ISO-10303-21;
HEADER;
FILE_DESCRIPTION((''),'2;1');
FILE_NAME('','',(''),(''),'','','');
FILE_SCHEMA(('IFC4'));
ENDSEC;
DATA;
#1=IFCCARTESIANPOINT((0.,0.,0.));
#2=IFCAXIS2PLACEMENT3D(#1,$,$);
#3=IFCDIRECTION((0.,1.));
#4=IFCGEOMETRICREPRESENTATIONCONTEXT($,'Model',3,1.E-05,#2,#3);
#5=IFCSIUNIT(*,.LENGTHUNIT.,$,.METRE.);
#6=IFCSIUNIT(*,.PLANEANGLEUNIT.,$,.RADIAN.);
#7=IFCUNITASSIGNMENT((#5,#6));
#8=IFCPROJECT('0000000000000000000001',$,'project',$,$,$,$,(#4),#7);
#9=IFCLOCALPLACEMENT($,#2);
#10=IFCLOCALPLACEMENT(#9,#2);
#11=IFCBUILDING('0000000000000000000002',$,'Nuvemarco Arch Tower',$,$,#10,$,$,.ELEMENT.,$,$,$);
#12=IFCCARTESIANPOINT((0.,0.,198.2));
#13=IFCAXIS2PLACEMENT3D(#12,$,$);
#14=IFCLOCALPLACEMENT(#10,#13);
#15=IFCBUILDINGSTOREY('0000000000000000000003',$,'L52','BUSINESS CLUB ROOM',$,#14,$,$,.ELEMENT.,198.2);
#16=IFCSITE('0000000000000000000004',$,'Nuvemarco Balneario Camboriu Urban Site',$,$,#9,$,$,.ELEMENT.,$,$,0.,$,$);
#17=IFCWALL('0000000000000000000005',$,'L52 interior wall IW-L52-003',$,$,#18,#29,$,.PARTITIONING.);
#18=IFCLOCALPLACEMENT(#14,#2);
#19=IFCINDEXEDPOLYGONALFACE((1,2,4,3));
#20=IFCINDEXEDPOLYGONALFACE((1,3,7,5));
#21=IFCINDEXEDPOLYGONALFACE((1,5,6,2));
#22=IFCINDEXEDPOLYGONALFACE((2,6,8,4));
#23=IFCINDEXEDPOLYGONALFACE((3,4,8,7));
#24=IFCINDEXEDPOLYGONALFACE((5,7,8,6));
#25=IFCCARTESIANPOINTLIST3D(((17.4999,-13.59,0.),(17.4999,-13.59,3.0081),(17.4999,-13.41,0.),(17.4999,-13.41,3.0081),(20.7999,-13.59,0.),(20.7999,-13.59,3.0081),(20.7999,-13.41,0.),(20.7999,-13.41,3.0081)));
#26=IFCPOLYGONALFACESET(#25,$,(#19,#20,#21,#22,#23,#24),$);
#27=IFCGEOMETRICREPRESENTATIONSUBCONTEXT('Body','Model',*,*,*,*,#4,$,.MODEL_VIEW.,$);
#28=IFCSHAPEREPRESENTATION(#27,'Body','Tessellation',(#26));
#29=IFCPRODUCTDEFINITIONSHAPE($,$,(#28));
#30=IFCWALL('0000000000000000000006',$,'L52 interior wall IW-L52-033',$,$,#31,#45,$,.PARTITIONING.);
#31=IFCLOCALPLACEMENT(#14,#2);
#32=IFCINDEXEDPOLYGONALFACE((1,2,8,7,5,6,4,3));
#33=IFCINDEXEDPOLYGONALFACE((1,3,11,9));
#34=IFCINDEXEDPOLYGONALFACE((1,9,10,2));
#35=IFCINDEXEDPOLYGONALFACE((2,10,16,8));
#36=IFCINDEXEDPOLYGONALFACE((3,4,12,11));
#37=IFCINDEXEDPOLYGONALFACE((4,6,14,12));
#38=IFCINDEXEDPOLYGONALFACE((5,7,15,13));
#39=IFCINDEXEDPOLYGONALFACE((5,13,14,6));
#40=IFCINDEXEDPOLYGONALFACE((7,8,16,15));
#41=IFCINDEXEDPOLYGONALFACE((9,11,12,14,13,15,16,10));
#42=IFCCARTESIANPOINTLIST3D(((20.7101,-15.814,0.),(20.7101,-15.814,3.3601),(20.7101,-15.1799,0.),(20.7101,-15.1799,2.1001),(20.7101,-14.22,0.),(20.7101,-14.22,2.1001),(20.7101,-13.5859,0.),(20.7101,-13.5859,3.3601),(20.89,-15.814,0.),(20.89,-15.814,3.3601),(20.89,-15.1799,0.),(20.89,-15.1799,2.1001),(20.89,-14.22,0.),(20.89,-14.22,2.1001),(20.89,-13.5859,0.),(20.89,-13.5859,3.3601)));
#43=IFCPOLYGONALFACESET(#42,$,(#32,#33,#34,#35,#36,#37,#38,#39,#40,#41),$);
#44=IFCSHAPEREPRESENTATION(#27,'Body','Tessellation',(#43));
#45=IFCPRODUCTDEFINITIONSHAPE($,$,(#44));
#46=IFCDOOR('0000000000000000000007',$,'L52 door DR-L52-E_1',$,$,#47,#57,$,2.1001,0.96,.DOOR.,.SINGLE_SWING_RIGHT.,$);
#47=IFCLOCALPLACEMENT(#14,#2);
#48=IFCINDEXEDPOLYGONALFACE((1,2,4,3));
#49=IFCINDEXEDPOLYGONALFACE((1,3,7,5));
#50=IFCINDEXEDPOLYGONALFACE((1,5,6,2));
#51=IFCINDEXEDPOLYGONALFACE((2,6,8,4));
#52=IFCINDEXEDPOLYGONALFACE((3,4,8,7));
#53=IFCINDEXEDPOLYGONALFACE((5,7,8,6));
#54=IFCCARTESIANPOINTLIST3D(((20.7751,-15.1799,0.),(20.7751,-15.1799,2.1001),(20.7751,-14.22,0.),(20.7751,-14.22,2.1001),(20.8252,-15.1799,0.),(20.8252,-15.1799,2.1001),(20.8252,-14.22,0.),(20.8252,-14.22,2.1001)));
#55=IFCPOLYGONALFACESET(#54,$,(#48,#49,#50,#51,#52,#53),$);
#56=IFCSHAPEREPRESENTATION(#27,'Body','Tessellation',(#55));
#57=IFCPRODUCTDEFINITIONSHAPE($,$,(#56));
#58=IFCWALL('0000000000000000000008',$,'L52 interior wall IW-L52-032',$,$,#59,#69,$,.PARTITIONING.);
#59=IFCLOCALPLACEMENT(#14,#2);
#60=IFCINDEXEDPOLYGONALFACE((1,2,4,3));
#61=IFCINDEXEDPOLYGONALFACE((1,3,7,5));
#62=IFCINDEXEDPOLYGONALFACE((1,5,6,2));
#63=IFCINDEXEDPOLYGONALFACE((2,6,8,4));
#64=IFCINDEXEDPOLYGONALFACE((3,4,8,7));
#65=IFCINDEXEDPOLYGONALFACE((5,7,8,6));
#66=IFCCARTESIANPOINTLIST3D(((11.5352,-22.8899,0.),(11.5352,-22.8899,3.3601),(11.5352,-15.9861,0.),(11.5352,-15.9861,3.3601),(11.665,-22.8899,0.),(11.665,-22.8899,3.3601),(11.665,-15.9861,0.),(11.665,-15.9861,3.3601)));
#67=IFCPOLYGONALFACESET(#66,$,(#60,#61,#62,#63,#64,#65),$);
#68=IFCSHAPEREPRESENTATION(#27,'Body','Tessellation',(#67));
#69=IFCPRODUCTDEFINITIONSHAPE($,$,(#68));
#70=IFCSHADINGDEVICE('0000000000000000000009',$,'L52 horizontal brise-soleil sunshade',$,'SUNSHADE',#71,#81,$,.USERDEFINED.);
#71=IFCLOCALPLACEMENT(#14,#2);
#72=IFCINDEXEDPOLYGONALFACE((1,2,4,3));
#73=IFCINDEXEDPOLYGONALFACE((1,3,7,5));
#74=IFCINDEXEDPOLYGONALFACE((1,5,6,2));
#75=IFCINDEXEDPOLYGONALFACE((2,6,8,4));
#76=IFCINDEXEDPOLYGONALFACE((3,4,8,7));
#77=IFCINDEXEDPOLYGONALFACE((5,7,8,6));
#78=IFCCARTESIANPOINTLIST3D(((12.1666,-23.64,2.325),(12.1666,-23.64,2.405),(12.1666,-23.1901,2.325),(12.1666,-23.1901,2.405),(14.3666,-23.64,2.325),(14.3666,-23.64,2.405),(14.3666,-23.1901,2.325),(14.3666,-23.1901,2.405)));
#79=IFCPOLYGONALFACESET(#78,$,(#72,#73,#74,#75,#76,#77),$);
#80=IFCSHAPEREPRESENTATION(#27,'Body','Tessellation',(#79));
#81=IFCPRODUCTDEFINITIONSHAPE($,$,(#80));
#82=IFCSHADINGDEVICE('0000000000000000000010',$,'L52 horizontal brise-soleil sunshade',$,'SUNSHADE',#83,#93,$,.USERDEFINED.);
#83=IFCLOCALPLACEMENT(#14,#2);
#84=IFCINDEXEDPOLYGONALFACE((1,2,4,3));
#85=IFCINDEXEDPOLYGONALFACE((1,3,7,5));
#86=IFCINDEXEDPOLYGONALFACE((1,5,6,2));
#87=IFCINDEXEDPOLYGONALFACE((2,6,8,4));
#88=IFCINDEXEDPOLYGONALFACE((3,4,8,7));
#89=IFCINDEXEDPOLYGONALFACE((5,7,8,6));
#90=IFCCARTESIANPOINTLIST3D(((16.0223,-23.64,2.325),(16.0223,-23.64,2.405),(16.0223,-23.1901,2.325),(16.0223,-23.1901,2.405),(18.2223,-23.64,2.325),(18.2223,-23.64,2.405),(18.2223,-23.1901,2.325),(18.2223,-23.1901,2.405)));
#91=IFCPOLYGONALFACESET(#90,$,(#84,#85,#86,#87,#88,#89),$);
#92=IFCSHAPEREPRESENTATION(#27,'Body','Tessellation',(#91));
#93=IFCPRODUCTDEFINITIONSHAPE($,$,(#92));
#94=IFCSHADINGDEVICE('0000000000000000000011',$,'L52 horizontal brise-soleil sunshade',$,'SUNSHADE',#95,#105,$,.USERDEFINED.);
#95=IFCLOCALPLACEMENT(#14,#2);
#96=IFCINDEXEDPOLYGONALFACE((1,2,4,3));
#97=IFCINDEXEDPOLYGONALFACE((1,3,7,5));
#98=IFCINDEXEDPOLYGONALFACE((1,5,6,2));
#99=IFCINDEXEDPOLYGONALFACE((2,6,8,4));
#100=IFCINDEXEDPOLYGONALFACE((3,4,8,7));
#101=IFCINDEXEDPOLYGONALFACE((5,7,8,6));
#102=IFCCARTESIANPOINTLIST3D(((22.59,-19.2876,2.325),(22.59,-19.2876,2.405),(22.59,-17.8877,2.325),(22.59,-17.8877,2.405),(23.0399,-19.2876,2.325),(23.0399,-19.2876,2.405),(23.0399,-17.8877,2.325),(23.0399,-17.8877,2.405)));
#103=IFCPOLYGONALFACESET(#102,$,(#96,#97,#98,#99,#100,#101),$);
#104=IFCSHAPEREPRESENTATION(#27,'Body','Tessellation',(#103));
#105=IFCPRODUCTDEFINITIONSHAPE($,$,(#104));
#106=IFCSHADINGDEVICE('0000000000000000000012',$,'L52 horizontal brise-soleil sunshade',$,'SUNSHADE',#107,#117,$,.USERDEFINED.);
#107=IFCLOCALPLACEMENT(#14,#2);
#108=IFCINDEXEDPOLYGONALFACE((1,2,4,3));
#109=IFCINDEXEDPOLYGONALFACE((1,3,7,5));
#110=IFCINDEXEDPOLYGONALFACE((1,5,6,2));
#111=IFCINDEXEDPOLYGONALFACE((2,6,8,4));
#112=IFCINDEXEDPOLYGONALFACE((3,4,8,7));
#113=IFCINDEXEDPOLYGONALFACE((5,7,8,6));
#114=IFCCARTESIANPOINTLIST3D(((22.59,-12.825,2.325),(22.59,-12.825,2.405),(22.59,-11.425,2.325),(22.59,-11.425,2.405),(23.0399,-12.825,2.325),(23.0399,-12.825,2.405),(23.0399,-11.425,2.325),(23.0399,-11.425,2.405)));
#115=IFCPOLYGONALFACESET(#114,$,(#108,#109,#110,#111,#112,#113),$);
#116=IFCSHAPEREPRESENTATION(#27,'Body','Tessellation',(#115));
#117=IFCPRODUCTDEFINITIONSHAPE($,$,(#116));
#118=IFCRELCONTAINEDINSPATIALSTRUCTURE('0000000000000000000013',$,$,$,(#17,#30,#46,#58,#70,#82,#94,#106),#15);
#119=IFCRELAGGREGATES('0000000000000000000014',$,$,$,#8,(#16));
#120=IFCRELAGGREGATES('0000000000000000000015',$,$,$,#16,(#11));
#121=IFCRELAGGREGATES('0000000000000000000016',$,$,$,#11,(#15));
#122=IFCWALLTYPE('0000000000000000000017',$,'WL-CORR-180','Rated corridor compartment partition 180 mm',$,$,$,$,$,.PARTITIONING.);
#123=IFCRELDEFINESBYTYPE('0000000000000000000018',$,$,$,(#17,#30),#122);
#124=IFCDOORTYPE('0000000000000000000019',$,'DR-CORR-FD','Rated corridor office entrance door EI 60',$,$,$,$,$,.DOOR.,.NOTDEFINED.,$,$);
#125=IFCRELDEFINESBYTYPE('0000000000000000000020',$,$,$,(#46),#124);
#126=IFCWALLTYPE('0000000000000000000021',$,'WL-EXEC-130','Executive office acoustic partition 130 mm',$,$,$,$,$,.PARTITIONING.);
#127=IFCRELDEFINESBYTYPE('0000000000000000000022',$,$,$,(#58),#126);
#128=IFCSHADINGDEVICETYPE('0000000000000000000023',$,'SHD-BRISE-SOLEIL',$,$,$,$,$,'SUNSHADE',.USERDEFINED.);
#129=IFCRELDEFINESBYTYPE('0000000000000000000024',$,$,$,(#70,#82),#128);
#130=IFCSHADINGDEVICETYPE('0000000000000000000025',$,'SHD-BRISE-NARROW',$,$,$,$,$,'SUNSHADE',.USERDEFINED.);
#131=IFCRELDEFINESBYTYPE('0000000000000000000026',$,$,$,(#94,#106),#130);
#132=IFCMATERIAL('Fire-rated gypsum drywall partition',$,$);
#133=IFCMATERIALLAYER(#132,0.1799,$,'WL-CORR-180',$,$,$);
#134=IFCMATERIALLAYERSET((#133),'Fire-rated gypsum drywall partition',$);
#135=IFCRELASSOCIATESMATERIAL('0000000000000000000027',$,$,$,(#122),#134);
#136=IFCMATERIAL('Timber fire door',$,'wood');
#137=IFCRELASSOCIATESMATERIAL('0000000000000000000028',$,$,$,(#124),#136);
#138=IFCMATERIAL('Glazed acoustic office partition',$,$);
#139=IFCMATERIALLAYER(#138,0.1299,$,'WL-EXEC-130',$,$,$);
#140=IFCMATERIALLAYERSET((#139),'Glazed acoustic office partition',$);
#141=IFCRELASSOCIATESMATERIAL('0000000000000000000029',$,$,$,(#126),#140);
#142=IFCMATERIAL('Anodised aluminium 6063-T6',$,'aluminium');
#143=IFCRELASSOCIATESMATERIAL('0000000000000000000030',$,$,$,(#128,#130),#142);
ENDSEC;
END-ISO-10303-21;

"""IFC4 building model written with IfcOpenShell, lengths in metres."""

from ifc_helpers import new_model, si_unit, direction, frame, frame_2d, origin, origin_2d, place, context, subcontext, project, spatial, rectangle, extrude, source, transform, mapped, material, layer, layer_set, type_object, type_shapes, element, fill, save


model = new_model("IFC4")

# Units and contexts
model_context = context("Model", 3, precision=1e-05, world=origin(), true_north=direction((0.0, 1.0)))
body_context = subcontext(model_context, "Body", "Model", "MODEL_VIEW")
ifc_project = project(units=[si_unit("LENGTHUNIT", "METRE"), si_unit("PLANEANGLEUNIT", "RADIAN")], contexts=[model_context])

# Site, building, storey
site_placement = place(None, origin())
site = spatial("IfcSite", under=ifc_project, at=site_placement, Name="Nuvemarco Balneario Camboriu Urban Site", CompositionType="ELEMENT", RefElevation=0.0)
building_placement = place(site_placement, origin())
building = spatial("IfcBuilding", under=site, at=building_placement, Name="Nuvemarco Arch Tower", CompositionType="ELEMENT")
storey_placement = place(building_placement, frame((0.0, 0.0, 198.2)))
storey = spatial("IfcBuildingStorey", under=building, at=storey_placement, Name="L52", Description="BUSINESS CLUB ROOM", CompositionType="ELEMENT", Elevation=198.2)

# Wall
ifc_material_1 = material(Name="Fire-rated gypsum drywall partition")
ifc_layer_1 = layer(ifc_material_1, 0.1799, Name="WL-CORR-180")
ifc_layer_set_1 = layer_set([ifc_layer_1], Name="Fire-rated gypsum drywall partition")
wall_type_1 = type_object("IfcWallType", Name="WL-CORR-180", Description="Rated corridor compartment partition 180 mm", PredefinedType="PARTITIONING", material=ifc_layer_set_1)
wall_1_placement = place(storey_placement, frame((17.5, -13.5, 0.0), z_axis=(0.0, 0.0, 1.0), x_axis=(1.0, 0.0, 0.0)))
element("IfcWall", 1, at=wall_1_placement, inside=storey, type_object=wall_type_1, Name="L52 interior wall IW-L52-003", PredefinedType="PARTITIONING", context=body_context, shape_type="SweptSolid", body=[
    extrude(rectangle(XDim=3.3, YDim=0.1799, at=frame_2d((1.6499, 0.0))), origin(), (0.0, 0.0, 1.0), 3.0081),
])

# Wall, opening, door
wall_2_placement = place(storey_placement, frame((20.8, -15.814, 0.0), z_axis=(0.0, 0.0, 1.0), x_axis=(0.0, 1.0, 0.0)))
wall_2 = element("IfcWall", 2, at=wall_2_placement, inside=storey, type_object=wall_type_1, Name="L52 interior wall IW-L52-033", PredefinedType="PARTITIONING", context=body_context, shape_type="SweptSolid", body=[
    extrude(rectangle(XDim=2.228, YDim=0.1799, at=frame_2d((1.114, 0.0))), origin(), (0.0, 0.0, 1.0), 3.3601),
])
opening_1_placement = place(wall_2_placement, frame((0.634, 0.0, 0.0)))
opening_1 = element("IfcOpeningElement", 3, at=opening_1_placement, cuts=wall_2, PredefinedType="OPENING", context=body_context, shape_type="SweptSolid", body=[
    extrude(rectangle(XDim=0.96, YDim=2.1001, at=frame_2d((0.48, 1.05))), frame((0.0, 0.0999, 0.0), z_axis=(0.0, -1.0, 0.0), x_axis=(1.0, 0.0, 0.0)), (0.0, 0.0, 1.0), 0.2),
])
ifc_material_2 = material(Name="Timber fire door", Category="wood")
door_type_1 = type_object("IfcDoorType", Name="DR-CORR-FD", Description="Rated corridor office entrance door EI 60", OperationType="NOTDEFINED", PredefinedType="DOOR", material=ifc_material_2)
shared_shape_1 = source(origin(), body_context, "Body", "SweptSolid", [
    extrude(rectangle(XDim=0.96, YDim=2.1001, at=frame_2d((0.48, 1.05))), frame((0.0, 0.0249, 0.0), z_axis=(0.0, -1.0, 0.0), x_axis=(1.0, 0.0, 0.0)), (0.0, 0.0, 1.0), 0.05),
])
type_shapes(door_type_1, [shared_shape_1])
door_1_placement = place(opening_1_placement, origin())
door_1 = element("IfcDoor", 4, at=door_1_placement, inside=storey, type_object=door_type_1, Name="L52 door DR-L52-E_1", OperationType="SINGLE_SWING_RIGHT", OverallHeight=2.1001, OverallWidth=0.96, PredefinedType="DOOR", context=body_context, shape_type="MappedRepresentation", body=[
    mapped(shared_shape_1, transform((0.0, 0.0, 0.0), scale=1.0)),
])
fill(opening_1, door_1)

# Wall
ifc_material_3 = material(Name="Glazed acoustic office partition")
ifc_layer_2 = layer(ifc_material_3, 0.1299, Name="WL-EXEC-130")
ifc_layer_set_2 = layer_set([ifc_layer_2], Name="Glazed acoustic office partition")
wall_type_2 = type_object("IfcWallType", Name="WL-EXEC-130", Description="Executive office acoustic partition 130 mm", PredefinedType="PARTITIONING", material=ifc_layer_set_2)
wall_3_placement = place(storey_placement, frame((11.6001, -22.8899, 0.0), z_axis=(0.0, 0.0, 1.0), x_axis=(0.0, 1.0, 0.0)))
element("IfcWall", 5, at=wall_3_placement, inside=storey, type_object=wall_type_2, Name="L52 interior wall IW-L52-032", PredefinedType="PARTITIONING", context=body_context, shape_type="SweptSolid", body=[
    extrude(rectangle(XDim=6.9038, YDim=0.1299, at=frame_2d((3.4519, 0.0))), origin(), (0.0, 0.0, 1.0), 3.3601),
])

# Shading devices
ifc_material_4 = material(Name="Anodised aluminium 6063-T6", Category="aluminium")
shading_device_type_1 = type_object("IfcShadingDeviceType", Name="SHD-BRISE-SOLEIL", ElementType="SUNSHADE", PredefinedType="USERDEFINED", material=ifc_material_4)
shared_shape_2 = source(origin(), body_context, "Body", "SweptSolid", [
    extrude(rectangle(XDim=2.2, YDim=0.45, at=origin_2d()), origin(), (0.0, 0.0, 1.0), 0.0801),
])
type_shapes(shading_device_type_1, [shared_shape_2])
for number, where, z_axis, x_axis, name in (
    (6, (13.2666, -23.415, 2.325), (0.0, 0.0, 1.0), (1.0, 0.0, 0.0), "L52 horizontal brise-soleil sunshade"),
    (7, (17.1223, -23.415, 2.325), (0.0, 0.0, 1.0), (1.0, 0.0, 0.0), "L52 horizontal brise-soleil sunshade"),
):
    element("IfcShadingDevice", number, at=place(storey_placement, frame(where, z_axis=z_axis, x_axis=x_axis)), inside=storey, type_object=shading_device_type_1, Name=name, ObjectType="SUNSHADE", PredefinedType="USERDEFINED", context=body_context, shape_type="MappedRepresentation", body=[
        mapped(shared_shape_2, transform((0.0, 0.0, 0.0), scale=1.0)),
    ])
shading_device_type_2 = type_object("IfcShadingDeviceType", Name="SHD-BRISE-NARROW", ElementType="SUNSHADE", PredefinedType="USERDEFINED", material=ifc_material_4)
shared_shape_3 = source(origin(), body_context, "Body", "SweptSolid", [
    extrude(rectangle(XDim=1.3999, YDim=0.45, at=origin_2d()), origin(), (0.0, 0.0, 1.0), 0.0801),
])
type_shapes(shading_device_type_2, [shared_shape_3])
for number, where, z_axis, x_axis, name in (
    (8, (22.8149, -18.5876, 2.325), (0.0, 0.0, 1.0), (0.0, 1.0, 0.0), "L52 horizontal brise-soleil sunshade"),
    (9, (22.8149, -12.125, 2.325), (0.0, 0.0, 1.0), (0.0, 1.0, 0.0), "L52 horizontal brise-soleil sunshade"),
):
    element("IfcShadingDevice", number, at=place(storey_placement, frame(where, z_axis=z_axis, x_axis=x_axis)), inside=storey, type_object=shading_device_type_2, Name=name, ObjectType="SUNSHADE", PredefinedType="USERDEFINED", context=body_context, shape_type="MappedRepresentation", body=[
        mapped(shared_shape_3, transform((0.0, 0.0, 0.0), scale=1.0)),
    ])

save(model, "model.ifc")
